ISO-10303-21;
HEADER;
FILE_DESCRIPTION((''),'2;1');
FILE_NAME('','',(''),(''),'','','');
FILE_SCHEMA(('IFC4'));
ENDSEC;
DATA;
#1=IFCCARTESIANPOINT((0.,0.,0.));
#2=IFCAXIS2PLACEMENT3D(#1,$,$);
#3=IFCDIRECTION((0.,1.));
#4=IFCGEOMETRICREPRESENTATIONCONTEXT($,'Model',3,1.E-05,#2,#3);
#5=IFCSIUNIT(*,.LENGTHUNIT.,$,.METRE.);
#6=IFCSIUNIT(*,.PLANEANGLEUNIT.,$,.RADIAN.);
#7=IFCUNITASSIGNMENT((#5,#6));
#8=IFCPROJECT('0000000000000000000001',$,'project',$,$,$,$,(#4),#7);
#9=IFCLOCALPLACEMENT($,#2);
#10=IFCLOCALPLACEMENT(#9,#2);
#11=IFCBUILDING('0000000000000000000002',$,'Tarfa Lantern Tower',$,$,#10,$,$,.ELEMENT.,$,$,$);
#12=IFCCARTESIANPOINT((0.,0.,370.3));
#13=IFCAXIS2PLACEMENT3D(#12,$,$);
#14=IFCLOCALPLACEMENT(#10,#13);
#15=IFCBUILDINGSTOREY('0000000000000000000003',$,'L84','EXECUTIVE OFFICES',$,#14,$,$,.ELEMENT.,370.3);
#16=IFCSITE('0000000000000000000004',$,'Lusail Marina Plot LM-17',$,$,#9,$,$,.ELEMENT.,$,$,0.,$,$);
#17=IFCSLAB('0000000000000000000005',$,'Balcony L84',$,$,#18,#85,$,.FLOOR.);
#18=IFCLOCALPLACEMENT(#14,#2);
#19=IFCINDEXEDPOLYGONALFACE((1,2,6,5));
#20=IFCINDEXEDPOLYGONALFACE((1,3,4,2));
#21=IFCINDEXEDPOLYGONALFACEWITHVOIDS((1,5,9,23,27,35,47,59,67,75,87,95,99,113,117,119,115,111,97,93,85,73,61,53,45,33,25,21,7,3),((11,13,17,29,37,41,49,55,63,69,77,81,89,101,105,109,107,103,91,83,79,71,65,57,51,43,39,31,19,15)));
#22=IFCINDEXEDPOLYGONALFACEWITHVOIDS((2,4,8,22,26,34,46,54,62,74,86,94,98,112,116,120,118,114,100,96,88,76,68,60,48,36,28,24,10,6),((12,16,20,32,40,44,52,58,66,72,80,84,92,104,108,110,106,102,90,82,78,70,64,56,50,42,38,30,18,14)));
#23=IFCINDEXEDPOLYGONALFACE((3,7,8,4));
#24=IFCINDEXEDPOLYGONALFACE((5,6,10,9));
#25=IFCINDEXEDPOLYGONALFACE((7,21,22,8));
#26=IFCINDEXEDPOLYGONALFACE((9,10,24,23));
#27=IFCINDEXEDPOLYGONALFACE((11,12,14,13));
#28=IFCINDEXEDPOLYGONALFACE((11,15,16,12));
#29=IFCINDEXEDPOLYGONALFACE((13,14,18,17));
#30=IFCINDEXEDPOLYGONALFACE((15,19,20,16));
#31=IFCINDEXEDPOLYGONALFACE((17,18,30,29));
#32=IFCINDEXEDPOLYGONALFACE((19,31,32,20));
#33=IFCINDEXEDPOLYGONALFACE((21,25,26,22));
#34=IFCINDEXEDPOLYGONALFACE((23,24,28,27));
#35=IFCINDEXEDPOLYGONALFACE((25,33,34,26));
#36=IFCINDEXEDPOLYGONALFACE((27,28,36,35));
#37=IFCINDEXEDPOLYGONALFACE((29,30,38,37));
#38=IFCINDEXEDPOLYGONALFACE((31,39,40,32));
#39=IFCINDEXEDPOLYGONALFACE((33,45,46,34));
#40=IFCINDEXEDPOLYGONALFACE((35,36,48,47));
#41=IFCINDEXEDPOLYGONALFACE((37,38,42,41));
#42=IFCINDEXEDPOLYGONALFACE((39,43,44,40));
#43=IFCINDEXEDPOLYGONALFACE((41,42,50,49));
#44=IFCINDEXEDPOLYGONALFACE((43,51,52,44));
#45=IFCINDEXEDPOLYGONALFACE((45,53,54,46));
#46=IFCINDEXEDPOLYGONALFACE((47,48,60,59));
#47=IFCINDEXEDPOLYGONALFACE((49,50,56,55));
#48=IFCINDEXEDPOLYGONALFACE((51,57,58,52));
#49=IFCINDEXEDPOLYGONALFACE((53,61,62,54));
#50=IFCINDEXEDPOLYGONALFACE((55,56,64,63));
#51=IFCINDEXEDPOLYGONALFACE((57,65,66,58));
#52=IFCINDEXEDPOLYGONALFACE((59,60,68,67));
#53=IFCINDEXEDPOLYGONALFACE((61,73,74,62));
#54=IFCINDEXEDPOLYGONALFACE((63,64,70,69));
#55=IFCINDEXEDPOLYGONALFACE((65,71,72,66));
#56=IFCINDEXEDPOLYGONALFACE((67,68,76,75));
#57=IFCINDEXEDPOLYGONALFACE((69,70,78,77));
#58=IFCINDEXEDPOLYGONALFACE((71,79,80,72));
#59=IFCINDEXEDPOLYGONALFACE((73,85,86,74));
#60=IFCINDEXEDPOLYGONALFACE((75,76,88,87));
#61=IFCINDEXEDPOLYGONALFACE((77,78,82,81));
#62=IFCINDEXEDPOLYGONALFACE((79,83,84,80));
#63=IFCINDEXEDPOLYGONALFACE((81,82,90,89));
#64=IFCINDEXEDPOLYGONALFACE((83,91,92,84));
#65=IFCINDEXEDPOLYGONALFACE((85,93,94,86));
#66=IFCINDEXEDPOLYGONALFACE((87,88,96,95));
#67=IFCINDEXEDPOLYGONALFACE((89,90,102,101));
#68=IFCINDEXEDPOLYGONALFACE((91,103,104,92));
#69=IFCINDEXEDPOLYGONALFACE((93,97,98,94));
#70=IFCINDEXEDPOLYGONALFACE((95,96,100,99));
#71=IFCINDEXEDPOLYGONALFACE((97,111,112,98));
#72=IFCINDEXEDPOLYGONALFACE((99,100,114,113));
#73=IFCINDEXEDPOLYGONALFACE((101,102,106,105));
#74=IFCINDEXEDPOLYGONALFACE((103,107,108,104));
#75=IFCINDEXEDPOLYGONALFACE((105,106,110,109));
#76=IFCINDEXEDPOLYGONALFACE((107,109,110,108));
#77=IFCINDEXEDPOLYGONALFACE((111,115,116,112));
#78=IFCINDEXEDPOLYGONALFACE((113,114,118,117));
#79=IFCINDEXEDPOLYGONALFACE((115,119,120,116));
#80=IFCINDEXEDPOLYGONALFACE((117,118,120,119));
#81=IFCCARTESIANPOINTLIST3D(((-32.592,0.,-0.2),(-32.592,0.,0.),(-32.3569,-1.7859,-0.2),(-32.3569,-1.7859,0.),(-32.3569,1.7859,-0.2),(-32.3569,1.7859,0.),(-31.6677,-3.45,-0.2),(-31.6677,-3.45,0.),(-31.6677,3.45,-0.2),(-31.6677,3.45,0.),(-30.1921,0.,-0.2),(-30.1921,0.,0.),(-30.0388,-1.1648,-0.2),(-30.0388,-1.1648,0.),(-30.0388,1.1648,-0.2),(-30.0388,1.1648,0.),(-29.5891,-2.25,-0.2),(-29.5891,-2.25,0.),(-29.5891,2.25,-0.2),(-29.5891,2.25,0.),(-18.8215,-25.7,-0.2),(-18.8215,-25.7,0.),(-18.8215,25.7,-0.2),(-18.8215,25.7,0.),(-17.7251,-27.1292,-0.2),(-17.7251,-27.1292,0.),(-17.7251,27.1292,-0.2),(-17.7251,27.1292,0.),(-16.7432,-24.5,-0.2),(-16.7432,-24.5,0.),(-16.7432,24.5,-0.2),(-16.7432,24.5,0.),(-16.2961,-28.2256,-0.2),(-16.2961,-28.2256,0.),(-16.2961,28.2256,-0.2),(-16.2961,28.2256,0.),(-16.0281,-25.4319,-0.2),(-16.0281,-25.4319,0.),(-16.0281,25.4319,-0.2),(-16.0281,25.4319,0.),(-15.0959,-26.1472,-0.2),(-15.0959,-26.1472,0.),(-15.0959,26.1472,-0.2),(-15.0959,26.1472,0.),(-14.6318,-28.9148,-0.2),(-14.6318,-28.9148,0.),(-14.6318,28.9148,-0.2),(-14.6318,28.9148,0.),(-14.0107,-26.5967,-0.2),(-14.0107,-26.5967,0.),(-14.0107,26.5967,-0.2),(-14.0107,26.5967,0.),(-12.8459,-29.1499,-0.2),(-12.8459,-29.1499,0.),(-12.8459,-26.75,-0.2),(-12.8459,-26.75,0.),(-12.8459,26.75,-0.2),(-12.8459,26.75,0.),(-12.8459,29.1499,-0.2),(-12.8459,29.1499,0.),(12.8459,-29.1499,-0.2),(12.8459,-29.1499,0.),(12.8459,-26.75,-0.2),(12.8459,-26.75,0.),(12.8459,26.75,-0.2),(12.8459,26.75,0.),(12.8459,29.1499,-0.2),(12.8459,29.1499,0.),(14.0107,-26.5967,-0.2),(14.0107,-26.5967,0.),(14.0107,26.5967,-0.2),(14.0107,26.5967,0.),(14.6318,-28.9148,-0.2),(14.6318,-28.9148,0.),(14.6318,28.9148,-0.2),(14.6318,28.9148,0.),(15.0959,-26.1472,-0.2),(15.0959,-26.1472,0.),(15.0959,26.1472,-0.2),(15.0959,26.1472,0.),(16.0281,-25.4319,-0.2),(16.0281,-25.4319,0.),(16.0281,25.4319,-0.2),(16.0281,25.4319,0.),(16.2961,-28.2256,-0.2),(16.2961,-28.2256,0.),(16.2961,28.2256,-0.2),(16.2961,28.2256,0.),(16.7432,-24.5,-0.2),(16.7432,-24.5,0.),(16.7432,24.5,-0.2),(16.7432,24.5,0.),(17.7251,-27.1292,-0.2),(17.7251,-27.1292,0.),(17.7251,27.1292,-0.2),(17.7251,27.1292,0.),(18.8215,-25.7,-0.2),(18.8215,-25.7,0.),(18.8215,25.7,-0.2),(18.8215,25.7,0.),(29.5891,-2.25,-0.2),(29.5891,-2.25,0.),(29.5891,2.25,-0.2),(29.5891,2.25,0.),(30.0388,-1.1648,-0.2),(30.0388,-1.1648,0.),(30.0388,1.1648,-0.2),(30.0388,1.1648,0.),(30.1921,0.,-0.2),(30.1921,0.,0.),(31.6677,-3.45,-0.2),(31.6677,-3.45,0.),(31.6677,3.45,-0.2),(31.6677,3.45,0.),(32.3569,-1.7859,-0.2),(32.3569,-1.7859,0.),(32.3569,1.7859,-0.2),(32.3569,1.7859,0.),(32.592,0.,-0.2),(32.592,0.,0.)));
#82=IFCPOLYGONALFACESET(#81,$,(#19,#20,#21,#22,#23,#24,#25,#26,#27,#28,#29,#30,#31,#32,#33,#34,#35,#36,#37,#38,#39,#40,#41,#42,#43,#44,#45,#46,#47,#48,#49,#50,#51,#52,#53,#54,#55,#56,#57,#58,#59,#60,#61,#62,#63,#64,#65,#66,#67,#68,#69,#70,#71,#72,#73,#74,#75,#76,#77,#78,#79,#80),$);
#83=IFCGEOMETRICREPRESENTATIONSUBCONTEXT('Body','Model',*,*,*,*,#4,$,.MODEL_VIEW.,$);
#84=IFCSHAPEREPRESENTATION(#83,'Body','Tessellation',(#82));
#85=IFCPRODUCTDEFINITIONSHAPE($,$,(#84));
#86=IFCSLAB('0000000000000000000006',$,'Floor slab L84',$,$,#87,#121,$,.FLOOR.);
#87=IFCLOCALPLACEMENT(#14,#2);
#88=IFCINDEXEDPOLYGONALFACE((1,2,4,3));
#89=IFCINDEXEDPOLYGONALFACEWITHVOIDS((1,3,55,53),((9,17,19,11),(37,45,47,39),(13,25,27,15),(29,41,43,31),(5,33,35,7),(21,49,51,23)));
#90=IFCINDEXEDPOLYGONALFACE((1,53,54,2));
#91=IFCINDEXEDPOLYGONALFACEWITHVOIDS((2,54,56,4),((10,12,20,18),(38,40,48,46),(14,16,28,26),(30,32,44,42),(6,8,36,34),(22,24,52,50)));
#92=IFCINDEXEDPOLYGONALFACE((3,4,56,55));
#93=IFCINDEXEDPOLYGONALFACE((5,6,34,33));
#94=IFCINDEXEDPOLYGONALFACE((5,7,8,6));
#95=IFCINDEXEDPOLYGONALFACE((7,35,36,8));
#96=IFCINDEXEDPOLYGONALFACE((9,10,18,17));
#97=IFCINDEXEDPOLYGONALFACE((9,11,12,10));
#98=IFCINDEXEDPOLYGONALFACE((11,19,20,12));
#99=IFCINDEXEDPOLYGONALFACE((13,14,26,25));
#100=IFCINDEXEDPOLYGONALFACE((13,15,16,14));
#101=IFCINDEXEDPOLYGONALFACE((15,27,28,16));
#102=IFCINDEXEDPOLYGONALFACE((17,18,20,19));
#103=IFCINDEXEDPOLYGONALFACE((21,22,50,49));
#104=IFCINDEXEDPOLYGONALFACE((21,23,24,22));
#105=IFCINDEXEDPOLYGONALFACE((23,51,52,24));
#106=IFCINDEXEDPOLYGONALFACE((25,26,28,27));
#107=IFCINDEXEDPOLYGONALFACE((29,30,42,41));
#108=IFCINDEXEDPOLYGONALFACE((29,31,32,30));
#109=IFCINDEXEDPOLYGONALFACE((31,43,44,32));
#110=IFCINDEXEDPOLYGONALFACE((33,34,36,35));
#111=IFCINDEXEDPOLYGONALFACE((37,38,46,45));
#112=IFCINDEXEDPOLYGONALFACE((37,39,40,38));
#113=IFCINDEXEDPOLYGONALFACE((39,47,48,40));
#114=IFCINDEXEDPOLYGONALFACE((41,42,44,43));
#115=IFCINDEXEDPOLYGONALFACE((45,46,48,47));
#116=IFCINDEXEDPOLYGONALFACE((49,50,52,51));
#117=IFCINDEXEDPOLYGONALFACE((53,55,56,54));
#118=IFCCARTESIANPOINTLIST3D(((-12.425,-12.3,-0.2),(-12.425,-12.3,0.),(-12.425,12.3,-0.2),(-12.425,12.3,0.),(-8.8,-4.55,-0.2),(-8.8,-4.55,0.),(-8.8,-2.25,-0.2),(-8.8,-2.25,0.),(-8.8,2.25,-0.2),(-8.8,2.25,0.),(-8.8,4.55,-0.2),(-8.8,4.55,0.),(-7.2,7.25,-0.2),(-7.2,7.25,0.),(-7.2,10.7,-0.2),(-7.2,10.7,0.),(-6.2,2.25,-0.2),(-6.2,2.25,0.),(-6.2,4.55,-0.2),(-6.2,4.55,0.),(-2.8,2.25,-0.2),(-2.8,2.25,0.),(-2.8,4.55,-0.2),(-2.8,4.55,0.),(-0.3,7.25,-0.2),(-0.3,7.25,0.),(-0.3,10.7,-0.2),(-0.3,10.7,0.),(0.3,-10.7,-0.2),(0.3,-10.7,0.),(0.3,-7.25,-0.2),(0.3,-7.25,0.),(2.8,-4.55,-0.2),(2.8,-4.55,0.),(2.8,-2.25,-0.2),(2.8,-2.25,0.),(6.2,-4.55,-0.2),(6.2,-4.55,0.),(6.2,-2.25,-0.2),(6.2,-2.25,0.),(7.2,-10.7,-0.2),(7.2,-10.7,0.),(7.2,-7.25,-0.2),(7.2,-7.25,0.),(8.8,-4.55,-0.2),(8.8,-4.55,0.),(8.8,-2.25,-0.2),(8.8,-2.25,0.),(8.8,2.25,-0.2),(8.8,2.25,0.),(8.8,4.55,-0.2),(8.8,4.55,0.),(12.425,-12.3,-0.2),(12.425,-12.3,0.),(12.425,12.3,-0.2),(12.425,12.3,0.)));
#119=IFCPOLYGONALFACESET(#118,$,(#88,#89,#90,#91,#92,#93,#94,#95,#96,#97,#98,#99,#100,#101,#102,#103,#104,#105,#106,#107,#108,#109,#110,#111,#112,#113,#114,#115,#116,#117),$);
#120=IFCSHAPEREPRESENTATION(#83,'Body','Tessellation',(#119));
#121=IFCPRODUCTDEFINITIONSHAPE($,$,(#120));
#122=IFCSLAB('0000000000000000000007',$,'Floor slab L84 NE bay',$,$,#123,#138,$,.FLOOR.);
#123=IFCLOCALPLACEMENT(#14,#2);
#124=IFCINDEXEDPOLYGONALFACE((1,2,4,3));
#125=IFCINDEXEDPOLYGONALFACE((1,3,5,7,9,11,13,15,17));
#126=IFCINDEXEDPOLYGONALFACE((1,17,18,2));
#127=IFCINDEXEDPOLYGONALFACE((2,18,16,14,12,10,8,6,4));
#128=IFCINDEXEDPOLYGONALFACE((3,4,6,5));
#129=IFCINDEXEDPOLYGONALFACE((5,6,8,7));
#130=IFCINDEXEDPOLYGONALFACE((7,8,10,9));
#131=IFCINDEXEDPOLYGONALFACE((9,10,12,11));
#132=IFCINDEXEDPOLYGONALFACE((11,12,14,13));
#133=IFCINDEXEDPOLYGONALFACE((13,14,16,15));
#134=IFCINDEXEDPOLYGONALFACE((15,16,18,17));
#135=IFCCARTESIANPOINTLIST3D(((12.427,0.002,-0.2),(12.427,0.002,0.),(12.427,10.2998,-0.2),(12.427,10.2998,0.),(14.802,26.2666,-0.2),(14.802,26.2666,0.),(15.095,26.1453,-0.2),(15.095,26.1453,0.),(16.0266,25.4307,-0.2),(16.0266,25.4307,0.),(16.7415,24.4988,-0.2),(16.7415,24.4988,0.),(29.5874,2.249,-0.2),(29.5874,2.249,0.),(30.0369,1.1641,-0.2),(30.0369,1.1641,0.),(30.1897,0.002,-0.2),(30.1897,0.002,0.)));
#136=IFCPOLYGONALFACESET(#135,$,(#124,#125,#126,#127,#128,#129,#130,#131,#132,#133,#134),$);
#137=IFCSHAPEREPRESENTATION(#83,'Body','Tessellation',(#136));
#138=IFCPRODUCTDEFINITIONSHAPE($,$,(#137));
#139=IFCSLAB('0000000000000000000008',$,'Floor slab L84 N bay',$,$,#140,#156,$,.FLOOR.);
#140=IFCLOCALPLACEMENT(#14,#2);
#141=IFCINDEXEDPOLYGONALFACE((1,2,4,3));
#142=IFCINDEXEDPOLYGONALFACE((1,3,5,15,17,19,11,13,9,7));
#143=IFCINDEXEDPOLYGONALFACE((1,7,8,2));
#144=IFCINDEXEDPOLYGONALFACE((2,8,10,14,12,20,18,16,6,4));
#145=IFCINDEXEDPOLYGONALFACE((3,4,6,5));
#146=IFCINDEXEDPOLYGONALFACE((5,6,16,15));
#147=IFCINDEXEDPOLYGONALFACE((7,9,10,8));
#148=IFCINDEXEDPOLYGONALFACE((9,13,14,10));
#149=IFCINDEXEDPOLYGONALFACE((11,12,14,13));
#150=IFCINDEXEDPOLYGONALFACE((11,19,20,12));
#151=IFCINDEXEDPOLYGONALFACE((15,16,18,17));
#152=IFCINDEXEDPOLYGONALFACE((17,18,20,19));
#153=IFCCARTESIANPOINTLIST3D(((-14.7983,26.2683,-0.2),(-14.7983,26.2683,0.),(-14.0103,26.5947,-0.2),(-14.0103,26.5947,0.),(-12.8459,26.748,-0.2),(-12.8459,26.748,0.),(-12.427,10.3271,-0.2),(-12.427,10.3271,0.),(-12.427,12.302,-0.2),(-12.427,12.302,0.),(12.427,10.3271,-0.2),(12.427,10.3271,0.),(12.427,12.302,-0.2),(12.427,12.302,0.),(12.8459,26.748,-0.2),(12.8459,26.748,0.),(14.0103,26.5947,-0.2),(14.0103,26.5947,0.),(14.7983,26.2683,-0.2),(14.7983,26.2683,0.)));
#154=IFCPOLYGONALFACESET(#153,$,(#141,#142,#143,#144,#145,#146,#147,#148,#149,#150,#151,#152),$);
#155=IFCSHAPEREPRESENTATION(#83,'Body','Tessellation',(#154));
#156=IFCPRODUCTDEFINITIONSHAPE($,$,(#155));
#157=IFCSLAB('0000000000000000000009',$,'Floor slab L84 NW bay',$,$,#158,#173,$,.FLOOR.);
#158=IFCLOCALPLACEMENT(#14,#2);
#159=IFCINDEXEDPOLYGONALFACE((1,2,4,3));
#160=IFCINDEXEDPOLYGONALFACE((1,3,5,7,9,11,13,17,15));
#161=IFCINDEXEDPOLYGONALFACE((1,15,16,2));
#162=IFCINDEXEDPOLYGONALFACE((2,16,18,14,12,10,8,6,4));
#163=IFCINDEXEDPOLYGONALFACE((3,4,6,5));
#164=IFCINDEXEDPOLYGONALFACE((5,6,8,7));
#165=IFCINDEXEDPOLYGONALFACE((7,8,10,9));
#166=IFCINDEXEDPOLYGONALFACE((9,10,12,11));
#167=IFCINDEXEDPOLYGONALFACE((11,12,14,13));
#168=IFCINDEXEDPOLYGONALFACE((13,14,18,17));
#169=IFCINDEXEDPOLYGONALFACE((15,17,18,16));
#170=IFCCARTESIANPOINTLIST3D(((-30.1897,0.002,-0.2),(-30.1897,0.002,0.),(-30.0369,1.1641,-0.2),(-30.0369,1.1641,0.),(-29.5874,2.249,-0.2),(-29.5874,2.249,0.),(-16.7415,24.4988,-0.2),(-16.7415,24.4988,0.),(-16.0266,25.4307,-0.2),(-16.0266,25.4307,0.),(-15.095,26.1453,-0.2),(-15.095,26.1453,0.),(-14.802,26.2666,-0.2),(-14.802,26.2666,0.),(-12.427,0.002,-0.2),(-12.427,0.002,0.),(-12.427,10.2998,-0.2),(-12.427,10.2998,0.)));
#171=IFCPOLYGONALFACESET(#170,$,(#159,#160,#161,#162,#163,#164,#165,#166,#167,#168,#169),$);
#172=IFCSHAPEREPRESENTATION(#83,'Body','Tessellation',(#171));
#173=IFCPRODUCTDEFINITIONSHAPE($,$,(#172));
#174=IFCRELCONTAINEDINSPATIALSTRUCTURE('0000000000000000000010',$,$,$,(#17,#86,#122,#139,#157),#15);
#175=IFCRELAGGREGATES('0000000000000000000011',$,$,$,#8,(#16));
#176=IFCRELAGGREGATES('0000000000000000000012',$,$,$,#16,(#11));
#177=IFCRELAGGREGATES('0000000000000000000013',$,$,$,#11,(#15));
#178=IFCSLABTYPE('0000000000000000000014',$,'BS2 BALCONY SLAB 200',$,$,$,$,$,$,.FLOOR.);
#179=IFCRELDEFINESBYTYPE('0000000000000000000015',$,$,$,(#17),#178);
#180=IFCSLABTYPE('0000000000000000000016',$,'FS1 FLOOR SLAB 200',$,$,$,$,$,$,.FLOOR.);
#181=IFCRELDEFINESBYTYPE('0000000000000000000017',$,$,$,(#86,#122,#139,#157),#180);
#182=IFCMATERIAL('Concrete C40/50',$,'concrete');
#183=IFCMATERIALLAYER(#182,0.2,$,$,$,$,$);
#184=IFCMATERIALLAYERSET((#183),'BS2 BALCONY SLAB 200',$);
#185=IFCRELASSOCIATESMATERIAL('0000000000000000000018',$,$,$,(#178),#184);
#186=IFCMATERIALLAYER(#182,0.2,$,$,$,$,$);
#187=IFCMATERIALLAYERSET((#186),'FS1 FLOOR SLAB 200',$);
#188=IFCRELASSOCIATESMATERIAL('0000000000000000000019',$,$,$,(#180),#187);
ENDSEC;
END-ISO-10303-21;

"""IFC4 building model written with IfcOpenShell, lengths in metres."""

from ifc_helpers import new_model, si_unit, direction, frame, origin, place, context, subcontext, project, spatial, polyline, outline, extrude, material, layer, layer_set, type_object, element, save


model = new_model("IFC4")

# Units and contexts
model_context = context("Model", 3, precision=1e-05, world=origin(), true_north=direction((0.0, 1.0)))
body_context = subcontext(model_context, "Body", "Model", "MODEL_VIEW")
ifc_project = project(units=[si_unit("LENGTHUNIT", "METRE"), si_unit("PLANEANGLEUNIT", "RADIAN")], contexts=[model_context])

# Site, building, storey
site_placement = place(None, origin())
site = spatial("IfcSite", under=ifc_project, at=site_placement, Name="Lusail Marina Plot LM-17", CompositionType="ELEMENT", RefElevation=0.0)
building_placement = place(site_placement, origin())
building = spatial("IfcBuilding", under=site, at=building_placement, Name="Tarfa Lantern Tower", CompositionType="ELEMENT")
storey_placement = place(building_placement, frame((0.0, 0.0, 370.3)))
storey = spatial("IfcBuildingStorey", under=building, at=storey_placement, Name="L84", Description="EXECUTIVE OFFICES", CompositionType="ELEMENT", Elevation=370.3)

# Slabs
ifc_material_1 = material(Name="Concrete C40/50", Category="concrete")
ifc_layer_1 = layer(ifc_material_1, 0.2)
ifc_layer_set_1 = layer_set([ifc_layer_1], Name="BS2 BALCONY SLAB 200")
slab_type_1 = type_object("IfcSlabType", Name="BS2 BALCONY SLAB 200", PredefinedType="FLOOR", material=ifc_layer_set_1)
slab_1_placement = place(storey_placement, frame((0.0, 0.0, -0.2)))
element("IfcSlab", 1, at=slab_1_placement, inside=storey, type_object=slab_type_1, Name="Balcony L84", PredefinedType="FLOOR", context=body_context, shape_type="SweptSolid", body=[
    extrude(outline(polyline([(31.6677, 3.45), (18.8215, 25.7), (17.7251, 27.1292), (16.2961, 28.2256), (14.6318, 28.9148), (12.8459, 29.1499), (-12.8459, 29.1499), (-14.6318, 28.9148), (-16.2961, 28.2256), (-17.7251, 27.1292), (-18.8215, 25.7), (-31.6677, 3.45), (-32.3569, 1.7859), (-32.592, 0.0), (-32.3569, -1.7859), (-31.6677, -3.45), (-18.8215, -25.7), (-17.7251, -27.1292), (-16.2961, -28.2256), (-14.6318, -28.9148), (-12.8459, -29.1499), (12.8459, -29.1499), (14.6318, -28.9148), (16.2961, -28.2256), (17.7251, -27.1292), (18.8215, -25.7), (31.6677, -3.45), (32.3569, -1.7859), (32.592, 0.0), (32.3569, 1.7859), (31.6677, 3.45)]), holes=[polyline([(29.5891, 2.25), (16.7432, 24.5), (16.0281, 25.4319), (15.0959, 26.1472), (14.0107, 26.5967), (12.8459, 26.75), (-12.8459, 26.75), (-14.0107, 26.5967), (-15.0959, 26.1472), (-16.0281, 25.4319), (-16.7432, 24.5), (-29.5891, 2.25), (-30.0388, 1.1648), (-30.1921, 0.0), (-30.0388, -1.1648), (-29.5891, -2.25), (-16.7432, -24.5), (-16.0281, -25.4319), (-15.0959, -26.1472), (-14.0107, -26.5967), (-12.8459, -26.75), (12.8459, -26.75), (14.0107, -26.5967), (15.0959, -26.1472), (16.0281, -25.4319), (16.7432, -24.5), (29.5891, -2.25), (30.0388, -1.1648), (30.1921, 0.0), (30.0388, 1.1648), (29.5891, 2.25)])]), origin(), (0.0, 0.0, 1.0), 0.2),
])
ifc_layer_2 = layer(ifc_material_1, 0.2)
ifc_layer_set_2 = layer_set([ifc_layer_2], Name="FS1 FLOOR SLAB 200")
slab_type_2 = type_object("IfcSlabType", Name="FS1 FLOOR SLAB 200", PredefinedType="FLOOR", material=ifc_layer_set_2)
slab_2_placement = place(storey_placement, frame((0.0, 0.0, -0.2)))
element("IfcSlab", 2, at=slab_2_placement, inside=storey, type_object=slab_type_2, Name="Floor slab L84", PredefinedType="FLOOR", context=body_context, shape_type="SweptSolid", body=[
    extrude(outline(polyline([(-12.425, -12.3), (12.425, -12.3), (12.425, 12.3), (-12.425, 12.3), (-12.425, -12.3)]), holes=[polyline([(-8.8, 2.25), (-6.2, 2.25), (-6.2, 4.55), (-8.8, 4.55), (-8.8, 2.25)]), polyline([(-2.8, 2.25), (8.8, 2.25), (8.8, 4.55), (-2.8, 4.55), (-2.8, 2.25)]), polyline([(8.8, -2.25), (6.2, -2.25), (6.2, -4.55), (8.8, -4.55), (8.8, -2.25)]), polyline([(2.8, -2.25), (-8.8, -2.25), (-8.8, -4.55), (2.8, -4.55), (2.8, -2.25)]), polyline([(-7.2, 7.25), (-0.3, 7.25), (-0.3, 10.7), (-7.2, 10.7), (-7.2, 7.25)]), polyline([(7.2, -7.25), (0.3, -7.25), (0.3, -10.7), (7.2, -10.7), (7.2, -7.25)])]), origin(), (0.0, 0.0, 1.0), 0.2),
])
slab_3_placement = place(storey_placement, frame((0.0, 0.0, -0.2)))
element("IfcSlab", 3, at=slab_3_placement, inside=storey, type_object=slab_type_2, Name="Floor slab L84 NE bay", PredefinedType="FLOOR", context=body_context, shape_type="SweptSolid", body=[
    extrude(outline(polyline([(29.5874, 2.249), (16.7415, 24.4988), (16.0266, 25.4307), (15.095, 26.1453), (14.802, 26.2666), (12.427, 10.2998), (12.427, 0.002), (30.1897, 0.002), (30.0369, 1.1641), (29.5874, 2.249)])), origin(), (0.0, 0.0, 1.0), 0.2),
])
slab_4_placement = place(storey_placement, frame((0.0, 0.0, -0.2)))
element("IfcSlab", 4, at=slab_4_placement, inside=storey, type_object=slab_type_2, Name="Floor slab L84 N bay", PredefinedType="FLOOR", context=body_context, shape_type="SweptSolid", body=[
    extrude(outline(polyline([(-12.427, 10.3271), (-12.427, 12.302), (12.427, 12.302), (12.427, 10.3271), (14.7983, 26.2683), (14.0103, 26.5947), (12.8459, 26.748), (-12.8459, 26.748), (-14.0103, 26.5947), (-14.7983, 26.2683), (-12.427, 10.3271)])), origin(), (0.0, 0.0, 1.0), 0.2),
])
slab_5_placement = place(storey_placement, frame((0.0, 0.0, -0.2)))
element("IfcSlab", 5, at=slab_5_placement, inside=storey, type_object=slab_type_2, Name="Floor slab L84 NW bay", PredefinedType="FLOOR", context=body_context, shape_type="SweptSolid", body=[
    extrude(outline(polyline([(-12.427, 0.002), (-12.427, 10.2998), (-14.802, 26.2666), (-15.095, 26.1453), (-16.0266, 25.4307), (-16.7415, 24.4988), (-29.5874, 2.249), (-30.0369, 1.1641), (-30.1897, 0.002), (-12.427, 0.002)])), origin(), (0.0, 0.0, 1.0), 0.2),
])

save(model, "model.ifc")
